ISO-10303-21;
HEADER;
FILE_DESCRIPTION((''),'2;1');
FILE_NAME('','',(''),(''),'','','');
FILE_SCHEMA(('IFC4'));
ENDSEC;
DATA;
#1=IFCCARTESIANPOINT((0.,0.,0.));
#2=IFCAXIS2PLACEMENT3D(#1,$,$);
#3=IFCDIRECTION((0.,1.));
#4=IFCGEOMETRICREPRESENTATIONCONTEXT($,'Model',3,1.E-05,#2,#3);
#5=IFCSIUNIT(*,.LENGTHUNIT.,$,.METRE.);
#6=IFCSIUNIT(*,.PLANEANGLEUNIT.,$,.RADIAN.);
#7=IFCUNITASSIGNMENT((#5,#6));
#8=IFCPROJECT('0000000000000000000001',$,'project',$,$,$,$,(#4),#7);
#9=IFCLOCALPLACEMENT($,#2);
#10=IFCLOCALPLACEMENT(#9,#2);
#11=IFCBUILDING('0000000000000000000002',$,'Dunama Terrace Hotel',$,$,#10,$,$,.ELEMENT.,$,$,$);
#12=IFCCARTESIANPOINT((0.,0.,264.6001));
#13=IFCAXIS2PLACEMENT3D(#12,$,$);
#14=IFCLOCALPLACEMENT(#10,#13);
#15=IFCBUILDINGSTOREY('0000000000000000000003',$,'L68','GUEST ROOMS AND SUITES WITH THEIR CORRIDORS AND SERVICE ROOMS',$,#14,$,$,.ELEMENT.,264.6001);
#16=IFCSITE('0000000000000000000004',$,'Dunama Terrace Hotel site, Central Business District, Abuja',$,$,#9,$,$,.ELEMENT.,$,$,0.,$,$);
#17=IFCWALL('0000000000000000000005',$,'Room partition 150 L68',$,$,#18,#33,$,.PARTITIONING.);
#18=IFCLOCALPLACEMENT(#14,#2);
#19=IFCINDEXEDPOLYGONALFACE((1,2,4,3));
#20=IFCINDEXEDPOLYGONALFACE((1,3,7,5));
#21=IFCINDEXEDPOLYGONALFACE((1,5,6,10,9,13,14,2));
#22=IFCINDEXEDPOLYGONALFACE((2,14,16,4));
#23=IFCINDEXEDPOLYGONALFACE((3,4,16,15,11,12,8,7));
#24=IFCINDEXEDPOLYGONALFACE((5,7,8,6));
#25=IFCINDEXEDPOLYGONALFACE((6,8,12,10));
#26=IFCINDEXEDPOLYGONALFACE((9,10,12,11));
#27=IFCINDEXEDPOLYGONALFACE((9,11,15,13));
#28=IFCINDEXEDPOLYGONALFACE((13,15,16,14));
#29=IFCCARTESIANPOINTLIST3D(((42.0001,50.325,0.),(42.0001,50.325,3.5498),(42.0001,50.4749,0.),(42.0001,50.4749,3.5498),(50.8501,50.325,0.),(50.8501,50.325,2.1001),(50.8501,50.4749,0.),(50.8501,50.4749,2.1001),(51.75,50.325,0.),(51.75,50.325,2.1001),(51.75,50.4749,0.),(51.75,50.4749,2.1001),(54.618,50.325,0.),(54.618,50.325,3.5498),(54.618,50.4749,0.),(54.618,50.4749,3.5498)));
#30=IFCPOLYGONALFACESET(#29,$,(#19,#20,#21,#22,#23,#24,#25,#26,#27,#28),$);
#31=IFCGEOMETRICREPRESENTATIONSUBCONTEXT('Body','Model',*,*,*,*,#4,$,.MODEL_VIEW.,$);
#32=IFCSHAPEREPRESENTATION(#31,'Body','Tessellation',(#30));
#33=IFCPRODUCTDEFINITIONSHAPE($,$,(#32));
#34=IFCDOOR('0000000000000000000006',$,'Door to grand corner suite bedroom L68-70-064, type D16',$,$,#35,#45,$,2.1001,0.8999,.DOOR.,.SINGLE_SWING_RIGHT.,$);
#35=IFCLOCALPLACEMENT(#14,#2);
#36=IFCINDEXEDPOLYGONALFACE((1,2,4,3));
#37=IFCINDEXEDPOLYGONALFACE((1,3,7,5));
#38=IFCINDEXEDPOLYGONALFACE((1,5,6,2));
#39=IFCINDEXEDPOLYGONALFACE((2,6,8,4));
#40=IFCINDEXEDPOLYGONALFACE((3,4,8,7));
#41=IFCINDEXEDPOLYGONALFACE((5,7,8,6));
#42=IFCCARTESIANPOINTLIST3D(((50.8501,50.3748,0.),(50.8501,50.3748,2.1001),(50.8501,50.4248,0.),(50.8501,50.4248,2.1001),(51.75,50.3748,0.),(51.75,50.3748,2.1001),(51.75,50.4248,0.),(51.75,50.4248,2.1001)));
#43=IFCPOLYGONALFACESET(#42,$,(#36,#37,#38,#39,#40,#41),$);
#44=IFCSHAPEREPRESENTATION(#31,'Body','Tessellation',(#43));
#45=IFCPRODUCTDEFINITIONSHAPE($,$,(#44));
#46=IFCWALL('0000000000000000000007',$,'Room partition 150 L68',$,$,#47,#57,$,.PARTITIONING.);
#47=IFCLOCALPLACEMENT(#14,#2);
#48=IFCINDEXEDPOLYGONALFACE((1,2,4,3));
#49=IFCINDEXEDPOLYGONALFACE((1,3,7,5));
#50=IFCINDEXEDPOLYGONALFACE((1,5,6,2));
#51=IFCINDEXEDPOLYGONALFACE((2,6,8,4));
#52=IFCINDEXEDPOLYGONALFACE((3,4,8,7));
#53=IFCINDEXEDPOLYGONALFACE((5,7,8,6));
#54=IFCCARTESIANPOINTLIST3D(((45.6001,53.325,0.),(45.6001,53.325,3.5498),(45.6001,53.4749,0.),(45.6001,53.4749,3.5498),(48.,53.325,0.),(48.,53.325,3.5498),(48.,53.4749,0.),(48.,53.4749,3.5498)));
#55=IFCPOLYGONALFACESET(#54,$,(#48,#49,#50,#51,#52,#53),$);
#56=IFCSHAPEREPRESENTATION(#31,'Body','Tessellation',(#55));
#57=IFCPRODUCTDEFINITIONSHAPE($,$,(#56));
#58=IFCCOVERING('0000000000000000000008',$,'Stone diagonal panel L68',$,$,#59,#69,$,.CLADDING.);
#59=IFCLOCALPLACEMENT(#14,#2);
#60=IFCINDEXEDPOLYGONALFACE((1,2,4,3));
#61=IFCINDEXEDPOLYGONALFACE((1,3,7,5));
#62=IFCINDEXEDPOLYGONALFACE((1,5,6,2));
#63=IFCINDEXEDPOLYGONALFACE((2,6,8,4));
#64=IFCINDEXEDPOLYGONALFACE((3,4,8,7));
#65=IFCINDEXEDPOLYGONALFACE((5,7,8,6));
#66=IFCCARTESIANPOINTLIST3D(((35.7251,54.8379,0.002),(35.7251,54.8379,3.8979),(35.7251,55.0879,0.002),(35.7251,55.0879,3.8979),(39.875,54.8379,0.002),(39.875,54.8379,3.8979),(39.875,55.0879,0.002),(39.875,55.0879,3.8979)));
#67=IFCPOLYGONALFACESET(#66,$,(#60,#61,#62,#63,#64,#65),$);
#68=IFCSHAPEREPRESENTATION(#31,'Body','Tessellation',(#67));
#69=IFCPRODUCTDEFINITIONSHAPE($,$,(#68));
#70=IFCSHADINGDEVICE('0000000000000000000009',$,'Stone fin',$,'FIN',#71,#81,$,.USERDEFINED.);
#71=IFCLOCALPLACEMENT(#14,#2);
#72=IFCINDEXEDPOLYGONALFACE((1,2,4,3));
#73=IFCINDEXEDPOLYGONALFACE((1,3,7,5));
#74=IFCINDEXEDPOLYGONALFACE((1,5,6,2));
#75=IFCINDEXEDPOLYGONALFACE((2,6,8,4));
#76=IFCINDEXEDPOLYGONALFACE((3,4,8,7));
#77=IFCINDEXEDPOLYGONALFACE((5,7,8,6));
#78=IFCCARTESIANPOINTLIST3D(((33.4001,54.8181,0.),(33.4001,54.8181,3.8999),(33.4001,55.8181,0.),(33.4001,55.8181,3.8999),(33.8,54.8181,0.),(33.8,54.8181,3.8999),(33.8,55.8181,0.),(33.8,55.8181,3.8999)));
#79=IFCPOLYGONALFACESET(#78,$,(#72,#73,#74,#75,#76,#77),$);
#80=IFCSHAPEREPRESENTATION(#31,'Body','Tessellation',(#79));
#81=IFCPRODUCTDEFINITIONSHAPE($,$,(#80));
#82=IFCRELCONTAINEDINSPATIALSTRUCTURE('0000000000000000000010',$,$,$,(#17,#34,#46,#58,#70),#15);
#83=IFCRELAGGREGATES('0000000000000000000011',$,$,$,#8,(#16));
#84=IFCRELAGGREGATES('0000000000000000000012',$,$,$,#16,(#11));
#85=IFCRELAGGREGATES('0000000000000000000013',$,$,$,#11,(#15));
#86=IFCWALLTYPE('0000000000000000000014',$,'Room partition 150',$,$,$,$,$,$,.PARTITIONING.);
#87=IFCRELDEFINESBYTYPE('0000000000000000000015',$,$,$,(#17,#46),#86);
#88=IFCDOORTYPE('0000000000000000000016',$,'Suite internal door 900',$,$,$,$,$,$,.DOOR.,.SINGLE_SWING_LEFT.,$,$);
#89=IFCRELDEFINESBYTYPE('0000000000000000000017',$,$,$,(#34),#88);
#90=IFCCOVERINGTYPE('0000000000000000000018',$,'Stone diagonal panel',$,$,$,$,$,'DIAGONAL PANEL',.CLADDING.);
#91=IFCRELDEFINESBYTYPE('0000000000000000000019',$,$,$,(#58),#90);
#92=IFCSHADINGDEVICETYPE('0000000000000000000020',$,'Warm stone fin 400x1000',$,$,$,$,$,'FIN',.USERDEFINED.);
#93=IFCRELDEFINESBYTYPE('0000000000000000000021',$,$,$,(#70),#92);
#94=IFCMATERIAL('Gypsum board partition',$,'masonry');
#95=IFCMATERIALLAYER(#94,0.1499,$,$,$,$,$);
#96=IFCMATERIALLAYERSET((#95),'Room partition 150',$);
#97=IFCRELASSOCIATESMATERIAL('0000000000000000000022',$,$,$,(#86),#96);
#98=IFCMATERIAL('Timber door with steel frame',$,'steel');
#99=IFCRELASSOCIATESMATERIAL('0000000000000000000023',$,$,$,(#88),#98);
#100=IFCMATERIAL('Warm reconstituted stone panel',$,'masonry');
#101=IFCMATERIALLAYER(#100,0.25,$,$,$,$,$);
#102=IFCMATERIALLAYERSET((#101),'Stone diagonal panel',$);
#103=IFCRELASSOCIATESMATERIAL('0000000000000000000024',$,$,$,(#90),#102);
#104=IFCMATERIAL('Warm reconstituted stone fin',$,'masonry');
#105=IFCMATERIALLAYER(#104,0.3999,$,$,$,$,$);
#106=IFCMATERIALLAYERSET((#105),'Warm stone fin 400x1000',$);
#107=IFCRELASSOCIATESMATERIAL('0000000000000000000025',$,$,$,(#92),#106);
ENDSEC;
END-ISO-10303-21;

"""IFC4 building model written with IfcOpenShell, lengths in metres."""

from ifc_helpers import new_model, si_unit, direction, frame, frame_2d, origin, origin_2d, place, context, subcontext, project, spatial, rectangle, extrude, material, layer, layer_set, type_object, element, fill, save


model = new_model("IFC4")

# Units and contexts
model_context = context("Model", 3, precision=1e-05, world=origin(), true_north=direction((0.0, 1.0)))
body_context = subcontext(model_context, "Body", "Model", "MODEL_VIEW")
ifc_project = project(units=[si_unit("LENGTHUNIT", "METRE"), si_unit("PLANEANGLEUNIT", "RADIAN")], contexts=[model_context])

# Site, building, storey
site_placement = place(None, origin())
site = spatial("IfcSite", under=ifc_project, at=site_placement, Name="Dunama Terrace Hotel site, Central Business District, Abuja", CompositionType="ELEMENT", RefElevation=0.0)
building_placement = place(site_placement, origin())
building = spatial("IfcBuilding", under=site, at=building_placement, Name="Dunama Terrace Hotel", CompositionType="ELEMENT")
storey_placement = place(building_placement, frame((0.0, 0.0, 264.6001)))
storey = spatial("IfcBuildingStorey", under=building, at=storey_placement, Name="L68", Description="GUEST ROOMS AND SUITES WITH THEIR CORRIDORS AND SERVICE ROOMS", CompositionType="ELEMENT", Elevation=264.6001)

# Shared definitions
ifc_material_1 = material(Name="Gypsum board partition", Category="masonry")
ifc_layer_1 = layer(ifc_material_1, 0.1499)
ifc_layer_set_1 = layer_set([ifc_layer_1], Name="Room partition 150")
wall_type_1 = type_object("IfcWallType", Name="Room partition 150", PredefinedType="PARTITIONING", material=ifc_layer_set_1)

# Shared definitions
ifc_material_2 = material(Name="Timber door with steel frame", Category="steel")
door_type_1 = type_object("IfcDoorType", Name="Suite internal door 900", OperationType="SINGLE_SWING_LEFT", PredefinedType="DOOR", material=ifc_material_2)

# Wall, opening, door
wall_1_placement = place(storey_placement, frame((42.0, 50.3999, 0.0), z_axis=(0.0, 0.0, 1.0), x_axis=(1.0, 0.0, 0.0)))
wall_1 = element("IfcWall", 1, at=wall_1_placement, inside=storey, type_object=wall_type_1, Name="Room partition 150 L68", PredefinedType="PARTITIONING", context=body_context, shape_type="SweptSolid", body=[
    extrude(rectangle(XDim=12.6179, YDim=0.1499, at=frame_2d((6.3091, 0.0))), origin(), (0.0, 0.0, 1.0), 3.5498),
])
opening_1_placement = place(wall_1_placement, frame((8.8501, 0.0, 0.0)))
opening_1 = element("IfcOpeningElement", 2, at=opening_1_placement, cuts=wall_1, PredefinedType="OPENING", context=body_context, shape_type="SweptSolid", body=[
    extrude(rectangle(XDim=0.8999, YDim=2.1001, at=frame_2d((0.45, 1.05))), frame((0.0, 0.085, 0.0), z_axis=(0.0, -1.0, 0.0), x_axis=(1.0, 0.0, 0.0)), (0.0, 0.0, 1.0), 0.1699),
])
door_1_placement = place(opening_1_placement, origin())
door_1 = element("IfcDoor", 3, at=door_1_placement, inside=storey, type_object=door_type_1, Name="Door to grand corner suite bedroom L68-70-064, type D16", OperationType="SINGLE_SWING_RIGHT", OverallHeight=2.1001, OverallWidth=0.8999, PredefinedType="DOOR", context=body_context, shape_type="SweptSolid", body=[
    extrude(rectangle(XDim=0.8999, YDim=2.1001, at=frame_2d((0.45, 1.05))), frame((0.0, 0.0249, 0.0), z_axis=(0.0, -1.0, 0.0), x_axis=(1.0, 0.0, 0.0)), (0.0, 0.0, 1.0), 0.05),
])
fill(opening_1, door_1)

# Wall
wall_2_placement = place(storey_placement, frame((45.6001, 53.3999, 0.0), z_axis=(0.0, 0.0, 1.0), x_axis=(1.0, 0.0, 0.0)))
element("IfcWall", 4, at=wall_2_placement, inside=storey, type_object=wall_type_1, Name="Room partition 150 L68", PredefinedType="PARTITIONING", context=body_context, shape_type="SweptSolid", body=[
    extrude(rectangle(XDim=2.3999, YDim=0.1499, at=frame_2d((1.2, 0.0))), origin(), (0.0, 0.0, 1.0), 3.5498),
])

# Covering
ifc_material_3 = material(Name="Warm reconstituted stone panel", Category="masonry")
ifc_layer_2 = layer(ifc_material_3, 0.25)
ifc_layer_set_2 = layer_set([ifc_layer_2], Name="Stone diagonal panel")
covering_type = type_object("IfcCoveringType", Name="Stone diagonal panel", ElementType="DIAGONAL PANEL", PredefinedType="CLADDING", material=ifc_layer_set_2)
covering_placement = place(storey_placement, frame((37.8, 54.9629, 0.002), z_axis=(0.0, 0.0, 1.0), x_axis=(-1.0, 0.0, 0.0)))
element("IfcCovering", 5, at=covering_placement, inside=storey, type_object=covering_type, Name="Stone diagonal panel L68", PredefinedType="CLADDING", context=body_context, shape_type="SweptSolid", body=[
    extrude(rectangle(XDim=4.1499, YDim=0.25, at=origin_2d()), origin(), (0.0, 0.0, 1.0), 3.896),
])

# Shading device
ifc_material_4 = material(Name="Warm reconstituted stone fin", Category="masonry")
ifc_layer_3 = layer(ifc_material_4, 0.3999)
ifc_layer_set_3 = layer_set([ifc_layer_3], Name="Warm stone fin 400x1000")
shading_device_type = type_object("IfcShadingDeviceType", Name="Warm stone fin 400x1000", ElementType="FIN", PredefinedType="USERDEFINED", material=ifc_layer_set_3)
shading_device_placement = place(storey_placement, frame((33.6001, 55.3181, 0.0), z_axis=(0.0, 0.0, 1.0), x_axis=(-1.0, 0.0, 0.0)))
element("IfcShadingDevice", 6, at=shading_device_placement, inside=storey, type_object=shading_device_type, Name="Stone fin", ObjectType="FIN", PredefinedType="USERDEFINED", context=body_context, shape_type="SweptSolid", body=[
    extrude(rectangle(XDim=0.3999, YDim=1.0, at=origin_2d()), origin(), (0.0, 0.0, 1.0), 3.8999),
])

save(model, "model.ifc")
